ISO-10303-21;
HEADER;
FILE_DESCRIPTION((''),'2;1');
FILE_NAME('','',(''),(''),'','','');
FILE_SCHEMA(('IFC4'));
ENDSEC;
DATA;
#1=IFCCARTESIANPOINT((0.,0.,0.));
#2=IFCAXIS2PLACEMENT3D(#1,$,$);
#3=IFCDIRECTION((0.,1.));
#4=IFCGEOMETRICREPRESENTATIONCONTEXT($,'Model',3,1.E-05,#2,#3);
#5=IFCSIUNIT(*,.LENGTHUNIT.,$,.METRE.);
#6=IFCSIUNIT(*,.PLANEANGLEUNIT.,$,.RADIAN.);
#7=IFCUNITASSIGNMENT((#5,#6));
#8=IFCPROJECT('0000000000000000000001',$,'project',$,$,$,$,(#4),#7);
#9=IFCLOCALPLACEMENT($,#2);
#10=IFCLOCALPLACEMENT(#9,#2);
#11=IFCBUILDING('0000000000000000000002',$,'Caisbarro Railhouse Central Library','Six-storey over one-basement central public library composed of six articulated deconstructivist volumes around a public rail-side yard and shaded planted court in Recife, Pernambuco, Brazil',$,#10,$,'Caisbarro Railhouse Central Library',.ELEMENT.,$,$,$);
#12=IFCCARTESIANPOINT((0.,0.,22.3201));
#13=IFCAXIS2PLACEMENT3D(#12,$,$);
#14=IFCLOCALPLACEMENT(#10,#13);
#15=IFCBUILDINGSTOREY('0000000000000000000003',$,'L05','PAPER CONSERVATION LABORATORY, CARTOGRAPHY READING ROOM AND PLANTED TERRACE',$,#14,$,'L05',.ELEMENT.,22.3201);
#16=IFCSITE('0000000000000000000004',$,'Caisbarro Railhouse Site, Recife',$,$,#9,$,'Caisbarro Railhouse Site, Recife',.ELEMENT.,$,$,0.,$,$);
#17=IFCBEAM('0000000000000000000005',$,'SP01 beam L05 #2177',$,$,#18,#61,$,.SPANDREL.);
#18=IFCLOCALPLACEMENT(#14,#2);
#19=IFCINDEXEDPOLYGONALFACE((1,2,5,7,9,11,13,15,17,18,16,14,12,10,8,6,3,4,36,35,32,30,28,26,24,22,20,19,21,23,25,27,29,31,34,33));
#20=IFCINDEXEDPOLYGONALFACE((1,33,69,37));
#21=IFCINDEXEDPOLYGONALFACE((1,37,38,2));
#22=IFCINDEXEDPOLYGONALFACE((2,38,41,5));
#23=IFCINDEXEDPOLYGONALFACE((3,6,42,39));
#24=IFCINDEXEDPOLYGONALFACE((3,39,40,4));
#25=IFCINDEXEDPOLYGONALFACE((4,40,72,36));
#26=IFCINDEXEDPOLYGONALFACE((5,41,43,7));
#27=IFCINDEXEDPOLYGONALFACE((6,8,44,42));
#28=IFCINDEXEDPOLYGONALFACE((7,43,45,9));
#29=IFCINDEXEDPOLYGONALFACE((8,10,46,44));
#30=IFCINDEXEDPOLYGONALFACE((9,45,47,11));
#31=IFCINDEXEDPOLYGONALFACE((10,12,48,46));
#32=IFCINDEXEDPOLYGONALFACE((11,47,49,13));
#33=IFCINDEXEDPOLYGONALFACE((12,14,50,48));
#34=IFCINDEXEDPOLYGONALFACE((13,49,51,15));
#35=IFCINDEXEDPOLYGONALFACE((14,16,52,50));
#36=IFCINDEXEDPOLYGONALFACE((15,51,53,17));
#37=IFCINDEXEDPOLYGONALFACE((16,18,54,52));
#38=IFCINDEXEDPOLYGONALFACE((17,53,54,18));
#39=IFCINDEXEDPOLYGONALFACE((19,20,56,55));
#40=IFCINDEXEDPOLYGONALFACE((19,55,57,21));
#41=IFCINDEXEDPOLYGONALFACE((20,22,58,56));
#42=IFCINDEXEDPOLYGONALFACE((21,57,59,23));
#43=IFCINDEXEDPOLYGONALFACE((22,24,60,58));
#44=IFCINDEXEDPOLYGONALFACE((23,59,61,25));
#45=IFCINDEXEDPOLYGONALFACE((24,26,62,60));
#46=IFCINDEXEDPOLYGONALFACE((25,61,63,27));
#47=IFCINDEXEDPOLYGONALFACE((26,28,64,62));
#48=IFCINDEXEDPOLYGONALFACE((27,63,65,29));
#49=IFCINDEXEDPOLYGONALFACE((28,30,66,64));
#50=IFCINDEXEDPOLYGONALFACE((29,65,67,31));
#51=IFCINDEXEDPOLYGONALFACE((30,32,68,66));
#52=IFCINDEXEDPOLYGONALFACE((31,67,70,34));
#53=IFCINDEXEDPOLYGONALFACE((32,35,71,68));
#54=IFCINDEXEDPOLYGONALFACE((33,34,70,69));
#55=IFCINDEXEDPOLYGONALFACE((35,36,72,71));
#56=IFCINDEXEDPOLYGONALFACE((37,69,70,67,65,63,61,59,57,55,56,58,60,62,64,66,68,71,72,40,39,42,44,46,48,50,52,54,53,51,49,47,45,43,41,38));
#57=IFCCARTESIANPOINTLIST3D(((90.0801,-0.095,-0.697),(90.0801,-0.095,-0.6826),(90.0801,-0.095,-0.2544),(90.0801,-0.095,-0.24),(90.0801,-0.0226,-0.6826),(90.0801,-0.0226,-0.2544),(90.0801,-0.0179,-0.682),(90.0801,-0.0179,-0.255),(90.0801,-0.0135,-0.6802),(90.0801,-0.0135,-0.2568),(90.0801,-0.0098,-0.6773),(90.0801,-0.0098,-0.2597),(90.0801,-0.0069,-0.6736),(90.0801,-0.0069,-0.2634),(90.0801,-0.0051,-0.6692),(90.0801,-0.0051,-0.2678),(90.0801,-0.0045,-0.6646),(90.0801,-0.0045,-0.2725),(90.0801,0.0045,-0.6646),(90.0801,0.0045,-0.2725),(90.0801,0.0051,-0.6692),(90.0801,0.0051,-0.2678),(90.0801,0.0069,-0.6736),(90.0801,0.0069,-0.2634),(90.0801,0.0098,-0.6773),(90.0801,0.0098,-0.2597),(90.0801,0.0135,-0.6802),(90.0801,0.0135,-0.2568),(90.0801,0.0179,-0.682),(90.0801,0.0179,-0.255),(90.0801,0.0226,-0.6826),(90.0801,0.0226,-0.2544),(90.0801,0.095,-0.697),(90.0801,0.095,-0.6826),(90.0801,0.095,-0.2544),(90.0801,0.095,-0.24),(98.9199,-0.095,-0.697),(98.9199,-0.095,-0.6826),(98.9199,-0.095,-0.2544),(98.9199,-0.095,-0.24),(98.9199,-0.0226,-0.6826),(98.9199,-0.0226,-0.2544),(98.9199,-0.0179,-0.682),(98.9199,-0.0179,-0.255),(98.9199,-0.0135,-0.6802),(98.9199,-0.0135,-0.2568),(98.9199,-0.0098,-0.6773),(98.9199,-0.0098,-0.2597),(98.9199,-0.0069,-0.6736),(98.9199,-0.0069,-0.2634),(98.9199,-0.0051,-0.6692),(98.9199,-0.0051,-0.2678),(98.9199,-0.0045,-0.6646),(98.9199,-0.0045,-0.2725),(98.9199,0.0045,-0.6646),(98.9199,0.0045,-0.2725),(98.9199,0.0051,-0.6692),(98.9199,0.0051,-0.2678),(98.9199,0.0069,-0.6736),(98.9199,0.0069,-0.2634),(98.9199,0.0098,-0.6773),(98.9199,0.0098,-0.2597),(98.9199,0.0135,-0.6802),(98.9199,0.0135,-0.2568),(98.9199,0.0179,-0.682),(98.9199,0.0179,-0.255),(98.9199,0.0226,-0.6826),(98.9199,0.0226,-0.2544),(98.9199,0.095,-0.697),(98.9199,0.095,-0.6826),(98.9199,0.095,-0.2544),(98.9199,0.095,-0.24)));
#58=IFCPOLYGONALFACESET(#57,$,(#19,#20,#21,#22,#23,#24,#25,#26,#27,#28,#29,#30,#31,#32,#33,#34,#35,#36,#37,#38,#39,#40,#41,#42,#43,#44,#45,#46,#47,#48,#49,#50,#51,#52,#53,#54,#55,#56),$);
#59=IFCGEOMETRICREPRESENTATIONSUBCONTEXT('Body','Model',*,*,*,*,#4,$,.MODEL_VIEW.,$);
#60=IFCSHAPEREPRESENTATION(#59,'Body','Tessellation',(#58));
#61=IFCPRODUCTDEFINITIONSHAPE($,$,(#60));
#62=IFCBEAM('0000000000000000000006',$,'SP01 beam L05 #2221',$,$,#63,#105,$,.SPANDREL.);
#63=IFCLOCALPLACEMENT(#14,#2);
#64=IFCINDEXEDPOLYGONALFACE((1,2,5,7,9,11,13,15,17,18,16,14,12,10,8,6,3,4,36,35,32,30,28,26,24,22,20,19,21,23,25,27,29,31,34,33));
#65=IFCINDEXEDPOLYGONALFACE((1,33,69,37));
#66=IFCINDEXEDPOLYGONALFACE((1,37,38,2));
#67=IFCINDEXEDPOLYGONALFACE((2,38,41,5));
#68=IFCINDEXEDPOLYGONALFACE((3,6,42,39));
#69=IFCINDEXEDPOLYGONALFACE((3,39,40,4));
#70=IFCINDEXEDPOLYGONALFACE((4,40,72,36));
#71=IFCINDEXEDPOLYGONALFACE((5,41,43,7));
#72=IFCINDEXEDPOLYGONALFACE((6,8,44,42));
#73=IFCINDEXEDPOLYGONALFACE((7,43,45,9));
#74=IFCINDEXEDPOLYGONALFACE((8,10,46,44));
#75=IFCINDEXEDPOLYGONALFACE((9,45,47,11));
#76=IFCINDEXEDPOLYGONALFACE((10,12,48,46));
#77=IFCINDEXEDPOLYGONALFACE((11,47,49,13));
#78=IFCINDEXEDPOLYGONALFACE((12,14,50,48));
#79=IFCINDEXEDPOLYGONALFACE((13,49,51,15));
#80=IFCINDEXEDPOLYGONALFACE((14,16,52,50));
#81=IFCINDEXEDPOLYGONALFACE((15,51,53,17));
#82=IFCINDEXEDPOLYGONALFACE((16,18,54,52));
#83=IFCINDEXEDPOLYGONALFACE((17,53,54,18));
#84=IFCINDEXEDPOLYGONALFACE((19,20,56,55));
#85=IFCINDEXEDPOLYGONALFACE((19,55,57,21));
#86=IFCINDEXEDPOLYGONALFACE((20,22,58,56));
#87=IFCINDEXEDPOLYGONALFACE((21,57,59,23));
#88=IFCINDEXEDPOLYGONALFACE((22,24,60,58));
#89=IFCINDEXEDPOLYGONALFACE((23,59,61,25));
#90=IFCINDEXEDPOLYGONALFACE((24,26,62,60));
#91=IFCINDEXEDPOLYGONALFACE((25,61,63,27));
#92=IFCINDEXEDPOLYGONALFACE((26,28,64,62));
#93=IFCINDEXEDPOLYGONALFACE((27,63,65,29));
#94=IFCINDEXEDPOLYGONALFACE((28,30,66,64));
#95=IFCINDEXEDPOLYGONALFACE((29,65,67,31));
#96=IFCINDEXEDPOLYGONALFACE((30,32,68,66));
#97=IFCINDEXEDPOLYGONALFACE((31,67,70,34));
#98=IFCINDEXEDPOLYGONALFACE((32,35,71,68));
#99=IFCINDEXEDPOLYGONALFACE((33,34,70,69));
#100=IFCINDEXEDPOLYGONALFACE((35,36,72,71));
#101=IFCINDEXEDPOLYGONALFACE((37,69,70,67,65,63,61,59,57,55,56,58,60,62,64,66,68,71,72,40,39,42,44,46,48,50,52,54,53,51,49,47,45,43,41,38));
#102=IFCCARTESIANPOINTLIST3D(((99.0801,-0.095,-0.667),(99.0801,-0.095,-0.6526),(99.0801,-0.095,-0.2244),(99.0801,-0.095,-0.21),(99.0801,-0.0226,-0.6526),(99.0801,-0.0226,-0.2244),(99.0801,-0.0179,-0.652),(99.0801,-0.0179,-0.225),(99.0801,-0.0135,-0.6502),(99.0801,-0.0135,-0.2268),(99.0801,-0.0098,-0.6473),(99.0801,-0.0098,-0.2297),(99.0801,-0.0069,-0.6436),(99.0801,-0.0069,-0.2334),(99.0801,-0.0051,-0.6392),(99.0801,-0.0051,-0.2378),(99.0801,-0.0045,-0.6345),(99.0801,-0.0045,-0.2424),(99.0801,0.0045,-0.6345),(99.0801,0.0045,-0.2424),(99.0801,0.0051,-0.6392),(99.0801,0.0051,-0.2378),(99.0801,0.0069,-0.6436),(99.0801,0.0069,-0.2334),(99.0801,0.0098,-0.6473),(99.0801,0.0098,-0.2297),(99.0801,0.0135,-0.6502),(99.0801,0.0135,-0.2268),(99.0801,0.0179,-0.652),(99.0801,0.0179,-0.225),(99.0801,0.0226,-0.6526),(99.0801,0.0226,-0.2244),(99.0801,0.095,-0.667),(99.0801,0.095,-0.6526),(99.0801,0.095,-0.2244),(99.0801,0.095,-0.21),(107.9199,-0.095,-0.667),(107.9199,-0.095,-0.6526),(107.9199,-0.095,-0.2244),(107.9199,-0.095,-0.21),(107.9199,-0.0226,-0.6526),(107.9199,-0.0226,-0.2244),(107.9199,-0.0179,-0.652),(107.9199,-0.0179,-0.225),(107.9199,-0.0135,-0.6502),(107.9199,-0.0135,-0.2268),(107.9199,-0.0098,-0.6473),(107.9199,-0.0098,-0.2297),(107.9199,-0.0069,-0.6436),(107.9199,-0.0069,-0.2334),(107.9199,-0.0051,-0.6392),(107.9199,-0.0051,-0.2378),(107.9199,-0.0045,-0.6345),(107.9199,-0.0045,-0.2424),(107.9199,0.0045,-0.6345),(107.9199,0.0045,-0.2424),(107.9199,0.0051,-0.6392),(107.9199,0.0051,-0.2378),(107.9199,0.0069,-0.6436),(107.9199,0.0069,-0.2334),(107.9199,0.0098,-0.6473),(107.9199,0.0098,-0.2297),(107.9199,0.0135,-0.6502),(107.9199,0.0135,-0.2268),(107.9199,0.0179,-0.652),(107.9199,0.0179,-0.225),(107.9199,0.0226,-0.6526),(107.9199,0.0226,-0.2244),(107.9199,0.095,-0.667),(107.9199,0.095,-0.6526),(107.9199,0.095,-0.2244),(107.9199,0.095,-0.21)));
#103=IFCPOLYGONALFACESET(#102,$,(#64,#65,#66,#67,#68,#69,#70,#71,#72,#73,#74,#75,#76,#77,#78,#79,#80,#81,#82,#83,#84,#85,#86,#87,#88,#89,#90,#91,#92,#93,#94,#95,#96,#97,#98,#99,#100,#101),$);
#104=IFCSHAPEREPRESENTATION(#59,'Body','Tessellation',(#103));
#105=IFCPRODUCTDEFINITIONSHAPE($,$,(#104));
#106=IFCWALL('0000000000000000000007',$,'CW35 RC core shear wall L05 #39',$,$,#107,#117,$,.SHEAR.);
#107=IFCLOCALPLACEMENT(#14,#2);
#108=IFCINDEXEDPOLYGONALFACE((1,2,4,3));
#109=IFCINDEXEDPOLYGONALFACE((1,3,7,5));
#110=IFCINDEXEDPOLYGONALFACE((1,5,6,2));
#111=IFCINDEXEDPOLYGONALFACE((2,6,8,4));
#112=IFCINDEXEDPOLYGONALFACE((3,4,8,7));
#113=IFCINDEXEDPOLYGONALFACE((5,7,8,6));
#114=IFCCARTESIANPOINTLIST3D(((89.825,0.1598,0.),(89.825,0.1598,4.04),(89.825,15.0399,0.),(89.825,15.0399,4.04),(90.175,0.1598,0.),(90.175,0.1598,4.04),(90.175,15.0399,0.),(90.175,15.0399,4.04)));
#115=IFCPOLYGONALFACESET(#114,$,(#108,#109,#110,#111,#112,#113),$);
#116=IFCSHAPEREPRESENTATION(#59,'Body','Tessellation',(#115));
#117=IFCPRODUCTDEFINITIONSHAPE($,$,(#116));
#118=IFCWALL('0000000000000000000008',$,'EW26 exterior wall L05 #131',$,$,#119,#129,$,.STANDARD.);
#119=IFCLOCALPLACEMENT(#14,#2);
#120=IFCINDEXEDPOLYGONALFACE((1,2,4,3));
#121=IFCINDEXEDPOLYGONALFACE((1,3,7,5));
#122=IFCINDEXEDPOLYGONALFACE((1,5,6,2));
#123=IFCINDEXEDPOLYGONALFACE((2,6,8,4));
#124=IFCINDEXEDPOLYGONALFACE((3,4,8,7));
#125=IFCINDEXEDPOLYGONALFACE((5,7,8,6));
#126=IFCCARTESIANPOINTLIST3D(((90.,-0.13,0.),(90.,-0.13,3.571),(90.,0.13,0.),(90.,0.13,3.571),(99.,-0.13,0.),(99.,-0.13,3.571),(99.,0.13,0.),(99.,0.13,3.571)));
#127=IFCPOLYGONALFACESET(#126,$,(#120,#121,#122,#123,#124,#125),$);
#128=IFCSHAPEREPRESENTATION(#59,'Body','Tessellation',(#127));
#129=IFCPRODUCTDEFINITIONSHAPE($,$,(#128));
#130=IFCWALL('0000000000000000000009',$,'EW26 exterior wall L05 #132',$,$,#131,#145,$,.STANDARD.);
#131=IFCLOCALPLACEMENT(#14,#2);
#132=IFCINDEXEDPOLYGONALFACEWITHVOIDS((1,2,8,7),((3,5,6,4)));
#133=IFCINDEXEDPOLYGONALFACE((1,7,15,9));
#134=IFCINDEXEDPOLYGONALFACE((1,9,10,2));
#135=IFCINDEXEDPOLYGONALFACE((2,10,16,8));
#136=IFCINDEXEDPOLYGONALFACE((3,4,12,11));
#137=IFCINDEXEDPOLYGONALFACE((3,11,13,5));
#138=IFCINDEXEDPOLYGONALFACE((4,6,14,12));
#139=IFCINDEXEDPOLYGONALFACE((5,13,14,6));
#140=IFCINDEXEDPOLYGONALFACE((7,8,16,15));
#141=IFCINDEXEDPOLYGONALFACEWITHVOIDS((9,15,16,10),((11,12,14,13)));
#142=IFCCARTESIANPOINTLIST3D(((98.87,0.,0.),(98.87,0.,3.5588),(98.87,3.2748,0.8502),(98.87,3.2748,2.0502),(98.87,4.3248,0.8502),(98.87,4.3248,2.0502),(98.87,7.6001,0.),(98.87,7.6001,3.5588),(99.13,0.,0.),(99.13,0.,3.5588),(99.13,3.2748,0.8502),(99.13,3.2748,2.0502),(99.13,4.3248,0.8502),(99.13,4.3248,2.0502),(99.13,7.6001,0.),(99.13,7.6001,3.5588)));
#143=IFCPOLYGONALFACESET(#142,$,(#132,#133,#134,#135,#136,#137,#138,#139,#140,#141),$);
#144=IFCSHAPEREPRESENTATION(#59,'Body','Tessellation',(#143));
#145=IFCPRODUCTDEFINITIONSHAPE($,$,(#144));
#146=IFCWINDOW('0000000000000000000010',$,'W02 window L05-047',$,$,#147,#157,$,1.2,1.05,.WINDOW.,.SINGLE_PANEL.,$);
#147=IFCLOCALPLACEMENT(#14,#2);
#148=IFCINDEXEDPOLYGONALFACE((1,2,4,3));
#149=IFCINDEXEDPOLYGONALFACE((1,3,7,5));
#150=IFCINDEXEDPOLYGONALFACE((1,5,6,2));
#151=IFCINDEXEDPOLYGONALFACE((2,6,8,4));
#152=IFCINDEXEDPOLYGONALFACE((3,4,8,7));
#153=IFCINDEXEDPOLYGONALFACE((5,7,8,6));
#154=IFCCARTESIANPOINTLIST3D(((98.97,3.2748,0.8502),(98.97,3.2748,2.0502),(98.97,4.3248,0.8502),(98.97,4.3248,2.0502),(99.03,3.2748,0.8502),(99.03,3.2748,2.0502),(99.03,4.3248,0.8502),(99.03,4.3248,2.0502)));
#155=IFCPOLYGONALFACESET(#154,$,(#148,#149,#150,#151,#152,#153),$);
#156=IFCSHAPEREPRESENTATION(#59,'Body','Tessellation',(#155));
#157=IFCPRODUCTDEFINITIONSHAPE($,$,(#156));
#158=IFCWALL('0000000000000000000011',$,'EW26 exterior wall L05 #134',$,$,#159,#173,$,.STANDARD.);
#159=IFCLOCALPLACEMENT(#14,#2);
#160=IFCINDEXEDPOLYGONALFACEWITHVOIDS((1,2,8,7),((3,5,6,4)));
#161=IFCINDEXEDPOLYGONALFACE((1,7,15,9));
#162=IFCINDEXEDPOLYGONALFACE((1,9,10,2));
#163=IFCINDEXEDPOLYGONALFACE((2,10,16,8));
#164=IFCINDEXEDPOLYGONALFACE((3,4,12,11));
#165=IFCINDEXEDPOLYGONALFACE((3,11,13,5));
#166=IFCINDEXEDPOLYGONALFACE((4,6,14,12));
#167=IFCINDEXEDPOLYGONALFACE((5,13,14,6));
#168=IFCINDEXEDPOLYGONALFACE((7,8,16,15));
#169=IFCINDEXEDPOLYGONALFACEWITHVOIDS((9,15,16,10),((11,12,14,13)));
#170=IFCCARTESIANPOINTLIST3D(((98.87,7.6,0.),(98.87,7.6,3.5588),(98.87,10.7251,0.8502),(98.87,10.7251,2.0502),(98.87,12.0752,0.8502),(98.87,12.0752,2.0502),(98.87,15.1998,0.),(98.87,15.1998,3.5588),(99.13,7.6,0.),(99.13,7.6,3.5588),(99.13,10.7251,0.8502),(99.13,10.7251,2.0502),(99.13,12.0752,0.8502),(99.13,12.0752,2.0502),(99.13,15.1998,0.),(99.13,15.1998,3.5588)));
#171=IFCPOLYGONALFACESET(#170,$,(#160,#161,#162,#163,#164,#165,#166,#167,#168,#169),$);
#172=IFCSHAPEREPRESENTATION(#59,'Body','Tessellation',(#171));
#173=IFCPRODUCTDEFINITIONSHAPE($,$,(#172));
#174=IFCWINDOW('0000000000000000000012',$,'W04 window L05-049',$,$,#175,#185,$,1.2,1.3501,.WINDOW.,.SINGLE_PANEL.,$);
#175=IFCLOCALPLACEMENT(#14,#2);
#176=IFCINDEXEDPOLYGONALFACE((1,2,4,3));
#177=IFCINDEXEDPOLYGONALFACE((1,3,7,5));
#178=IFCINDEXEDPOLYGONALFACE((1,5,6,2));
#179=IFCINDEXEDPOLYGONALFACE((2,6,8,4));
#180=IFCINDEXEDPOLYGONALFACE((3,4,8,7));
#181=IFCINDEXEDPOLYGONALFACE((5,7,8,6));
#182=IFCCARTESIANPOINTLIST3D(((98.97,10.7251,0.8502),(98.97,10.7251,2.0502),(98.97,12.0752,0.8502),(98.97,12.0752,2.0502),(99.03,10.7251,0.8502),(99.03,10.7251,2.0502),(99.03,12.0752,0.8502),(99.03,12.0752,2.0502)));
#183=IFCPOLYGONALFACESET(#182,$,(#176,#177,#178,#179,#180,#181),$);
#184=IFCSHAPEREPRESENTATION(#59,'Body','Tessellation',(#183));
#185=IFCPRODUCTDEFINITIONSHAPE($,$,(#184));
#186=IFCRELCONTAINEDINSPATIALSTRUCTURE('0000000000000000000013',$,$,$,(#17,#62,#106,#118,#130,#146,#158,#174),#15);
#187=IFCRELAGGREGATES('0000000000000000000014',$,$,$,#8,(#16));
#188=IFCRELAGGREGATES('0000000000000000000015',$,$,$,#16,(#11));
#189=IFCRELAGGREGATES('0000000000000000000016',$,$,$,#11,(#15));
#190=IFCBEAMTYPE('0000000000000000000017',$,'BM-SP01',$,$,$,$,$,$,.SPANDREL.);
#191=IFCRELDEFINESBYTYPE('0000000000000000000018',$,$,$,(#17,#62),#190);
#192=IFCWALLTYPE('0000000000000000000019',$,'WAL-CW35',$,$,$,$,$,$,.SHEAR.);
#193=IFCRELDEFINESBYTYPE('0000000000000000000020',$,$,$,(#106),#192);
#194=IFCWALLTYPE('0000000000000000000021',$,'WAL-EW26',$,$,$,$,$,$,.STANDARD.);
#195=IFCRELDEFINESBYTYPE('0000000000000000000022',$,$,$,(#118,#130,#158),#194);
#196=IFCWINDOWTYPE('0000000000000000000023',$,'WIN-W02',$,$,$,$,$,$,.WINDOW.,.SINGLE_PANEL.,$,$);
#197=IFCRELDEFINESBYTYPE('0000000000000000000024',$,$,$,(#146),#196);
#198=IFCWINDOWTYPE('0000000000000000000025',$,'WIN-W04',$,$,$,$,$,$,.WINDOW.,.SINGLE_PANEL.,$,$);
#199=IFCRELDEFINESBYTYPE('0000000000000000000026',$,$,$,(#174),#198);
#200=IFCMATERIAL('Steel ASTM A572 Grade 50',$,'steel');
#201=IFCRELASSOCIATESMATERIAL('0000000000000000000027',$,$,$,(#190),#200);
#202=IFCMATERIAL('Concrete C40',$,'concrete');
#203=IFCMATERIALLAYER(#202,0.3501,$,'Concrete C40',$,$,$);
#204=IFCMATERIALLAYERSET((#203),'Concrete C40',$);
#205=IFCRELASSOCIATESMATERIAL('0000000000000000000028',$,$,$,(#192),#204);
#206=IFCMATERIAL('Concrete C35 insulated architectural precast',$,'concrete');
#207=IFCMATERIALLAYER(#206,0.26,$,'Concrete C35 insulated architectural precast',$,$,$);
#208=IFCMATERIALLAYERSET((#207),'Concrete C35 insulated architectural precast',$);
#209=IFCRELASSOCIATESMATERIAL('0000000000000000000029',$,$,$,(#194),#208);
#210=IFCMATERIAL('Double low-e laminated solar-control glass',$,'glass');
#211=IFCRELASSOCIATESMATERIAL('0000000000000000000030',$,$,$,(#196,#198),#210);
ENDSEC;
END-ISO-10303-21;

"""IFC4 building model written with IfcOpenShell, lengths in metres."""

from ifc_helpers import new_model, si_unit, direction, frame, frame_2d, origin, origin_2d, place, context, subcontext, project, spatial, rectangle, i_section, extrude, material, layer, layer_set, material_profile, profile_set, type_object, element, fill, save


model = new_model("IFC4")

# Units and contexts
model_context = context("Model", 3, precision=1e-05, world=origin(), true_north=direction((0.0, 1.0)))
body_context = subcontext(model_context, "Body", "Model", "MODEL_VIEW")
ifc_project = project(units=[si_unit("LENGTHUNIT", "METRE"), si_unit("PLANEANGLEUNIT", "RADIAN")], contexts=[model_context])

# Site, building, storey
site_placement = place(None, origin())
site = spatial("IfcSite", under=ifc_project, at=site_placement, Name="Caisbarro Railhouse Site, Recife", LongName="Caisbarro Railhouse Site, Recife", CompositionType="ELEMENT", RefElevation=0.0)
building_placement = place(site_placement, origin())
building = spatial("IfcBuilding", under=site, at=building_placement, Name="Caisbarro Railhouse Central Library", Description="Six-storey over one-basement central public library composed of six articulated deconstructivist volumes around a public rail-side yard and shaded planted court in Recife, Pernambuco, Brazil", LongName="Caisbarro Railhouse Central Library", CompositionType="ELEMENT")
storey_placement = place(building_placement, frame((0.0, 0.0, 22.3201)))
storey = spatial("IfcBuildingStorey", under=building, at=storey_placement, Name="L05", Description="PAPER CONSERVATION LABORATORY, CARTOGRAPHY READING ROOM AND PLANTED TERRACE", LongName="L05", CompositionType="ELEMENT", Elevation=22.3201)

# Shared definitions
ifc_material_1 = material(Name="Steel ASTM A572 Grade 50", Category="steel")

# Beams
ifc_material_profile_1 = material_profile(ifc_material_1, i_section(OverallWidth=0.1899, OverallDepth=0.457, WebThickness=0.009, FlangeThickness=0.0144, FilletRadius=0.0181, at=origin_2d()), Name="W460X74.0")
ifc_profile_set_1 = profile_set([ifc_material_profile_1], Name="Steel ASTM A572 Grade 50")
beam_type_1 = type_object("IfcBeamType", Name="BM-SP01", PredefinedType="SPANDREL", material=ifc_profile_set_1)
for number, where, z_axis, x_axis, name in (
    (1, (90.0801, 0.0, -0.4685), (1.0, 0.0, 0.0), (0.0, 1.0, 0.0), "SP01 beam L05 #2177"),
    (2, (99.0801, 0.0, -0.4385), (1.0, 0.0, 0.0), (0.0, 1.0, 0.0), "SP01 beam L05 #2221"),
):
    element("IfcBeam", number, at=place(storey_placement, frame(where, z_axis=z_axis, x_axis=x_axis)), inside=storey, type_object=beam_type_1, Name=name, PredefinedType="SPANDREL", context=body_context, shape_type="SweptSolid", body=[
        extrude(i_section(OverallWidth=0.1899, OverallDepth=0.457, WebThickness=0.009, FlangeThickness=0.0144, FilletRadius=0.0181, at=origin_2d()), origin(), (0.0, 0.0, 1.0), 8.8398),
    ])

# Walls
ifc_material_2 = material(Name="Concrete C40", Category="concrete")
ifc_layer_1 = layer(ifc_material_2, 0.3501, Name="Concrete C40")
ifc_layer_set_1 = layer_set([ifc_layer_1], Name="Concrete C40")
wall_type_1 = type_object("IfcWallType", Name="WAL-CW35", PredefinedType="SHEAR", material=ifc_layer_set_1)
wall_1_placement = place(storey_placement, frame((90.0, 0.1599, 0.0), z_axis=(0.0, 0.0, 1.0), x_axis=(0.0, 1.0, 0.0)))
element("IfcWall", 3, at=wall_1_placement, inside=storey, type_object=wall_type_1, Name="CW35 RC core shear wall L05 #39", PredefinedType="SHEAR", context=body_context, shape_type="SweptSolid", body=[
    extrude(rectangle(XDim=14.8801, YDim=0.3501, at=frame_2d((7.4399, 0.0))), origin(), (0.0, 0.0, 1.0), 4.04),
])
ifc_material_3 = material(Name="Concrete C35 insulated architectural precast", Category="concrete")
ifc_layer_2 = layer(ifc_material_3, 0.26, Name="Concrete C35 insulated architectural precast")
ifc_layer_set_2 = layer_set([ifc_layer_2], Name="Concrete C35 insulated architectural precast")
wall_type_2 = type_object("IfcWallType", Name="WAL-EW26", PredefinedType="STANDARD", material=ifc_layer_set_2)
wall_2_placement = place(storey_placement, frame((90.0, 0.0, 0.0), z_axis=(0.0, 0.0, 1.0), x_axis=(1.0, 0.0, 0.0)))
element("IfcWall", 4, at=wall_2_placement, inside=storey, type_object=wall_type_2, Name="EW26 exterior wall L05 #131", PredefinedType="STANDARD", context=body_context, shape_type="SweptSolid", body=[
    extrude(rectangle(XDim=9.0, YDim=0.26, at=frame_2d((4.5, 0.0))), origin(), (0.0, 0.0, 1.0), 3.571),
])

# Walls, openings, windows
wall_3_placement = place(storey_placement, frame((99.0, 0.0, 0.0), z_axis=(0.0, 0.0, 1.0), x_axis=(0.0, 1.0, 0.0)))
wall_3 = element("IfcWall", 5, at=wall_3_placement, inside=storey, type_object=wall_type_2, Name="EW26 exterior wall L05 #132", PredefinedType="STANDARD", context=body_context, shape_type="SweptSolid", body=[
    extrude(rectangle(XDim=7.6001, YDim=0.26, at=frame_2d((3.8, 0.0))), origin(), (0.0, 0.0, 1.0), 3.5588),
])
opening_1_placement = place(wall_3_placement, frame((3.2749, 0.0, 0.8501)))
opening_1 = element("IfcOpeningElement", 6, at=opening_1_placement, cuts=wall_3, PredefinedType="OPENING", context=body_context, shape_type="SweptSolid", body=[
    extrude(rectangle(XDim=1.05, YDim=1.2, at=frame_2d((0.5249, 0.6001))), frame((0.0, 0.1401, 0.0), z_axis=(0.0, -1.0, 0.0), x_axis=(1.0, 0.0, 0.0)), (0.0, 0.0, 1.0), 0.28),
])
ifc_material_4 = material(Name="Double low-e laminated solar-control glass", Category="glass")
window_type_1 = type_object("IfcWindowType", Name="WIN-W02", PartitioningType="SINGLE_PANEL", PredefinedType="WINDOW", material=ifc_material_4)
window_1_placement = place(opening_1_placement, origin())
window_1 = element("IfcWindow", 7, at=window_1_placement, inside=storey, type_object=window_type_1, Name="W02 window L05-047", OverallHeight=1.2, OverallWidth=1.05, PartitioningType="SINGLE_PANEL", PredefinedType="WINDOW", context=body_context, shape_type="SweptSolid", body=[
    extrude(rectangle(XDim=1.05, YDim=1.2, at=frame_2d((0.5249, 0.6001))), frame((0.0, 0.03, 0.0), z_axis=(0.0, -1.0, 0.0), x_axis=(1.0, 0.0, 0.0)), (0.0, 0.0, 1.0), 0.0601),
])
fill(opening_1, window_1)
wall_4_placement = place(storey_placement, frame((99.0, 7.6001, 0.0), z_axis=(0.0, 0.0, 1.0), x_axis=(0.0, 1.0, 0.0)))
wall_4 = element("IfcWall", 8, at=wall_4_placement, inside=storey, type_object=wall_type_2, Name="EW26 exterior wall L05 #134", PredefinedType="STANDARD", context=body_context, shape_type="SweptSolid", body=[
    extrude(rectangle(XDim=7.5999, YDim=0.26, at=frame_2d((3.7998, 0.0))), origin(), (0.0, 0.0, 1.0), 3.5588),
])
opening_2_placement = place(wall_4_placement, frame((3.125, 0.0, 0.8501)))
opening_2 = element("IfcOpeningElement", 9, at=opening_2_placement, cuts=wall_4, PredefinedType="OPENING", context=body_context, shape_type="SweptSolid", body=[
    extrude(rectangle(XDim=1.3501, YDim=1.2, at=frame_2d((0.675, 0.6001))), frame((0.0, 0.1401, 0.0), z_axis=(0.0, -1.0, 0.0), x_axis=(1.0, 0.0, 0.0)), (0.0, 0.0, 1.0), 0.28),
])
window_type_2 = type_object("IfcWindowType", Name="WIN-W04", PartitioningType="SINGLE_PANEL", PredefinedType="WINDOW", material=ifc_material_4)
window_2_placement = place(opening_2_placement, origin())
window_2 = element("IfcWindow", 10, at=window_2_placement, inside=storey, type_object=window_type_2, Name="W04 window L05-049", OverallHeight=1.2, OverallWidth=1.3501, PartitioningType="SINGLE_PANEL", PredefinedType="WINDOW", context=body_context, shape_type="SweptSolid", body=[
    extrude(rectangle(XDim=1.3501, YDim=1.2, at=frame_2d((0.675, 0.6001))), frame((0.0, 0.03, 0.0), z_axis=(0.0, -1.0, 0.0), x_axis=(1.0, 0.0, 0.0)), (0.0, 0.0, 1.0), 0.0601),
])
fill(opening_2, window_2)

save(model, "model.ifc")
